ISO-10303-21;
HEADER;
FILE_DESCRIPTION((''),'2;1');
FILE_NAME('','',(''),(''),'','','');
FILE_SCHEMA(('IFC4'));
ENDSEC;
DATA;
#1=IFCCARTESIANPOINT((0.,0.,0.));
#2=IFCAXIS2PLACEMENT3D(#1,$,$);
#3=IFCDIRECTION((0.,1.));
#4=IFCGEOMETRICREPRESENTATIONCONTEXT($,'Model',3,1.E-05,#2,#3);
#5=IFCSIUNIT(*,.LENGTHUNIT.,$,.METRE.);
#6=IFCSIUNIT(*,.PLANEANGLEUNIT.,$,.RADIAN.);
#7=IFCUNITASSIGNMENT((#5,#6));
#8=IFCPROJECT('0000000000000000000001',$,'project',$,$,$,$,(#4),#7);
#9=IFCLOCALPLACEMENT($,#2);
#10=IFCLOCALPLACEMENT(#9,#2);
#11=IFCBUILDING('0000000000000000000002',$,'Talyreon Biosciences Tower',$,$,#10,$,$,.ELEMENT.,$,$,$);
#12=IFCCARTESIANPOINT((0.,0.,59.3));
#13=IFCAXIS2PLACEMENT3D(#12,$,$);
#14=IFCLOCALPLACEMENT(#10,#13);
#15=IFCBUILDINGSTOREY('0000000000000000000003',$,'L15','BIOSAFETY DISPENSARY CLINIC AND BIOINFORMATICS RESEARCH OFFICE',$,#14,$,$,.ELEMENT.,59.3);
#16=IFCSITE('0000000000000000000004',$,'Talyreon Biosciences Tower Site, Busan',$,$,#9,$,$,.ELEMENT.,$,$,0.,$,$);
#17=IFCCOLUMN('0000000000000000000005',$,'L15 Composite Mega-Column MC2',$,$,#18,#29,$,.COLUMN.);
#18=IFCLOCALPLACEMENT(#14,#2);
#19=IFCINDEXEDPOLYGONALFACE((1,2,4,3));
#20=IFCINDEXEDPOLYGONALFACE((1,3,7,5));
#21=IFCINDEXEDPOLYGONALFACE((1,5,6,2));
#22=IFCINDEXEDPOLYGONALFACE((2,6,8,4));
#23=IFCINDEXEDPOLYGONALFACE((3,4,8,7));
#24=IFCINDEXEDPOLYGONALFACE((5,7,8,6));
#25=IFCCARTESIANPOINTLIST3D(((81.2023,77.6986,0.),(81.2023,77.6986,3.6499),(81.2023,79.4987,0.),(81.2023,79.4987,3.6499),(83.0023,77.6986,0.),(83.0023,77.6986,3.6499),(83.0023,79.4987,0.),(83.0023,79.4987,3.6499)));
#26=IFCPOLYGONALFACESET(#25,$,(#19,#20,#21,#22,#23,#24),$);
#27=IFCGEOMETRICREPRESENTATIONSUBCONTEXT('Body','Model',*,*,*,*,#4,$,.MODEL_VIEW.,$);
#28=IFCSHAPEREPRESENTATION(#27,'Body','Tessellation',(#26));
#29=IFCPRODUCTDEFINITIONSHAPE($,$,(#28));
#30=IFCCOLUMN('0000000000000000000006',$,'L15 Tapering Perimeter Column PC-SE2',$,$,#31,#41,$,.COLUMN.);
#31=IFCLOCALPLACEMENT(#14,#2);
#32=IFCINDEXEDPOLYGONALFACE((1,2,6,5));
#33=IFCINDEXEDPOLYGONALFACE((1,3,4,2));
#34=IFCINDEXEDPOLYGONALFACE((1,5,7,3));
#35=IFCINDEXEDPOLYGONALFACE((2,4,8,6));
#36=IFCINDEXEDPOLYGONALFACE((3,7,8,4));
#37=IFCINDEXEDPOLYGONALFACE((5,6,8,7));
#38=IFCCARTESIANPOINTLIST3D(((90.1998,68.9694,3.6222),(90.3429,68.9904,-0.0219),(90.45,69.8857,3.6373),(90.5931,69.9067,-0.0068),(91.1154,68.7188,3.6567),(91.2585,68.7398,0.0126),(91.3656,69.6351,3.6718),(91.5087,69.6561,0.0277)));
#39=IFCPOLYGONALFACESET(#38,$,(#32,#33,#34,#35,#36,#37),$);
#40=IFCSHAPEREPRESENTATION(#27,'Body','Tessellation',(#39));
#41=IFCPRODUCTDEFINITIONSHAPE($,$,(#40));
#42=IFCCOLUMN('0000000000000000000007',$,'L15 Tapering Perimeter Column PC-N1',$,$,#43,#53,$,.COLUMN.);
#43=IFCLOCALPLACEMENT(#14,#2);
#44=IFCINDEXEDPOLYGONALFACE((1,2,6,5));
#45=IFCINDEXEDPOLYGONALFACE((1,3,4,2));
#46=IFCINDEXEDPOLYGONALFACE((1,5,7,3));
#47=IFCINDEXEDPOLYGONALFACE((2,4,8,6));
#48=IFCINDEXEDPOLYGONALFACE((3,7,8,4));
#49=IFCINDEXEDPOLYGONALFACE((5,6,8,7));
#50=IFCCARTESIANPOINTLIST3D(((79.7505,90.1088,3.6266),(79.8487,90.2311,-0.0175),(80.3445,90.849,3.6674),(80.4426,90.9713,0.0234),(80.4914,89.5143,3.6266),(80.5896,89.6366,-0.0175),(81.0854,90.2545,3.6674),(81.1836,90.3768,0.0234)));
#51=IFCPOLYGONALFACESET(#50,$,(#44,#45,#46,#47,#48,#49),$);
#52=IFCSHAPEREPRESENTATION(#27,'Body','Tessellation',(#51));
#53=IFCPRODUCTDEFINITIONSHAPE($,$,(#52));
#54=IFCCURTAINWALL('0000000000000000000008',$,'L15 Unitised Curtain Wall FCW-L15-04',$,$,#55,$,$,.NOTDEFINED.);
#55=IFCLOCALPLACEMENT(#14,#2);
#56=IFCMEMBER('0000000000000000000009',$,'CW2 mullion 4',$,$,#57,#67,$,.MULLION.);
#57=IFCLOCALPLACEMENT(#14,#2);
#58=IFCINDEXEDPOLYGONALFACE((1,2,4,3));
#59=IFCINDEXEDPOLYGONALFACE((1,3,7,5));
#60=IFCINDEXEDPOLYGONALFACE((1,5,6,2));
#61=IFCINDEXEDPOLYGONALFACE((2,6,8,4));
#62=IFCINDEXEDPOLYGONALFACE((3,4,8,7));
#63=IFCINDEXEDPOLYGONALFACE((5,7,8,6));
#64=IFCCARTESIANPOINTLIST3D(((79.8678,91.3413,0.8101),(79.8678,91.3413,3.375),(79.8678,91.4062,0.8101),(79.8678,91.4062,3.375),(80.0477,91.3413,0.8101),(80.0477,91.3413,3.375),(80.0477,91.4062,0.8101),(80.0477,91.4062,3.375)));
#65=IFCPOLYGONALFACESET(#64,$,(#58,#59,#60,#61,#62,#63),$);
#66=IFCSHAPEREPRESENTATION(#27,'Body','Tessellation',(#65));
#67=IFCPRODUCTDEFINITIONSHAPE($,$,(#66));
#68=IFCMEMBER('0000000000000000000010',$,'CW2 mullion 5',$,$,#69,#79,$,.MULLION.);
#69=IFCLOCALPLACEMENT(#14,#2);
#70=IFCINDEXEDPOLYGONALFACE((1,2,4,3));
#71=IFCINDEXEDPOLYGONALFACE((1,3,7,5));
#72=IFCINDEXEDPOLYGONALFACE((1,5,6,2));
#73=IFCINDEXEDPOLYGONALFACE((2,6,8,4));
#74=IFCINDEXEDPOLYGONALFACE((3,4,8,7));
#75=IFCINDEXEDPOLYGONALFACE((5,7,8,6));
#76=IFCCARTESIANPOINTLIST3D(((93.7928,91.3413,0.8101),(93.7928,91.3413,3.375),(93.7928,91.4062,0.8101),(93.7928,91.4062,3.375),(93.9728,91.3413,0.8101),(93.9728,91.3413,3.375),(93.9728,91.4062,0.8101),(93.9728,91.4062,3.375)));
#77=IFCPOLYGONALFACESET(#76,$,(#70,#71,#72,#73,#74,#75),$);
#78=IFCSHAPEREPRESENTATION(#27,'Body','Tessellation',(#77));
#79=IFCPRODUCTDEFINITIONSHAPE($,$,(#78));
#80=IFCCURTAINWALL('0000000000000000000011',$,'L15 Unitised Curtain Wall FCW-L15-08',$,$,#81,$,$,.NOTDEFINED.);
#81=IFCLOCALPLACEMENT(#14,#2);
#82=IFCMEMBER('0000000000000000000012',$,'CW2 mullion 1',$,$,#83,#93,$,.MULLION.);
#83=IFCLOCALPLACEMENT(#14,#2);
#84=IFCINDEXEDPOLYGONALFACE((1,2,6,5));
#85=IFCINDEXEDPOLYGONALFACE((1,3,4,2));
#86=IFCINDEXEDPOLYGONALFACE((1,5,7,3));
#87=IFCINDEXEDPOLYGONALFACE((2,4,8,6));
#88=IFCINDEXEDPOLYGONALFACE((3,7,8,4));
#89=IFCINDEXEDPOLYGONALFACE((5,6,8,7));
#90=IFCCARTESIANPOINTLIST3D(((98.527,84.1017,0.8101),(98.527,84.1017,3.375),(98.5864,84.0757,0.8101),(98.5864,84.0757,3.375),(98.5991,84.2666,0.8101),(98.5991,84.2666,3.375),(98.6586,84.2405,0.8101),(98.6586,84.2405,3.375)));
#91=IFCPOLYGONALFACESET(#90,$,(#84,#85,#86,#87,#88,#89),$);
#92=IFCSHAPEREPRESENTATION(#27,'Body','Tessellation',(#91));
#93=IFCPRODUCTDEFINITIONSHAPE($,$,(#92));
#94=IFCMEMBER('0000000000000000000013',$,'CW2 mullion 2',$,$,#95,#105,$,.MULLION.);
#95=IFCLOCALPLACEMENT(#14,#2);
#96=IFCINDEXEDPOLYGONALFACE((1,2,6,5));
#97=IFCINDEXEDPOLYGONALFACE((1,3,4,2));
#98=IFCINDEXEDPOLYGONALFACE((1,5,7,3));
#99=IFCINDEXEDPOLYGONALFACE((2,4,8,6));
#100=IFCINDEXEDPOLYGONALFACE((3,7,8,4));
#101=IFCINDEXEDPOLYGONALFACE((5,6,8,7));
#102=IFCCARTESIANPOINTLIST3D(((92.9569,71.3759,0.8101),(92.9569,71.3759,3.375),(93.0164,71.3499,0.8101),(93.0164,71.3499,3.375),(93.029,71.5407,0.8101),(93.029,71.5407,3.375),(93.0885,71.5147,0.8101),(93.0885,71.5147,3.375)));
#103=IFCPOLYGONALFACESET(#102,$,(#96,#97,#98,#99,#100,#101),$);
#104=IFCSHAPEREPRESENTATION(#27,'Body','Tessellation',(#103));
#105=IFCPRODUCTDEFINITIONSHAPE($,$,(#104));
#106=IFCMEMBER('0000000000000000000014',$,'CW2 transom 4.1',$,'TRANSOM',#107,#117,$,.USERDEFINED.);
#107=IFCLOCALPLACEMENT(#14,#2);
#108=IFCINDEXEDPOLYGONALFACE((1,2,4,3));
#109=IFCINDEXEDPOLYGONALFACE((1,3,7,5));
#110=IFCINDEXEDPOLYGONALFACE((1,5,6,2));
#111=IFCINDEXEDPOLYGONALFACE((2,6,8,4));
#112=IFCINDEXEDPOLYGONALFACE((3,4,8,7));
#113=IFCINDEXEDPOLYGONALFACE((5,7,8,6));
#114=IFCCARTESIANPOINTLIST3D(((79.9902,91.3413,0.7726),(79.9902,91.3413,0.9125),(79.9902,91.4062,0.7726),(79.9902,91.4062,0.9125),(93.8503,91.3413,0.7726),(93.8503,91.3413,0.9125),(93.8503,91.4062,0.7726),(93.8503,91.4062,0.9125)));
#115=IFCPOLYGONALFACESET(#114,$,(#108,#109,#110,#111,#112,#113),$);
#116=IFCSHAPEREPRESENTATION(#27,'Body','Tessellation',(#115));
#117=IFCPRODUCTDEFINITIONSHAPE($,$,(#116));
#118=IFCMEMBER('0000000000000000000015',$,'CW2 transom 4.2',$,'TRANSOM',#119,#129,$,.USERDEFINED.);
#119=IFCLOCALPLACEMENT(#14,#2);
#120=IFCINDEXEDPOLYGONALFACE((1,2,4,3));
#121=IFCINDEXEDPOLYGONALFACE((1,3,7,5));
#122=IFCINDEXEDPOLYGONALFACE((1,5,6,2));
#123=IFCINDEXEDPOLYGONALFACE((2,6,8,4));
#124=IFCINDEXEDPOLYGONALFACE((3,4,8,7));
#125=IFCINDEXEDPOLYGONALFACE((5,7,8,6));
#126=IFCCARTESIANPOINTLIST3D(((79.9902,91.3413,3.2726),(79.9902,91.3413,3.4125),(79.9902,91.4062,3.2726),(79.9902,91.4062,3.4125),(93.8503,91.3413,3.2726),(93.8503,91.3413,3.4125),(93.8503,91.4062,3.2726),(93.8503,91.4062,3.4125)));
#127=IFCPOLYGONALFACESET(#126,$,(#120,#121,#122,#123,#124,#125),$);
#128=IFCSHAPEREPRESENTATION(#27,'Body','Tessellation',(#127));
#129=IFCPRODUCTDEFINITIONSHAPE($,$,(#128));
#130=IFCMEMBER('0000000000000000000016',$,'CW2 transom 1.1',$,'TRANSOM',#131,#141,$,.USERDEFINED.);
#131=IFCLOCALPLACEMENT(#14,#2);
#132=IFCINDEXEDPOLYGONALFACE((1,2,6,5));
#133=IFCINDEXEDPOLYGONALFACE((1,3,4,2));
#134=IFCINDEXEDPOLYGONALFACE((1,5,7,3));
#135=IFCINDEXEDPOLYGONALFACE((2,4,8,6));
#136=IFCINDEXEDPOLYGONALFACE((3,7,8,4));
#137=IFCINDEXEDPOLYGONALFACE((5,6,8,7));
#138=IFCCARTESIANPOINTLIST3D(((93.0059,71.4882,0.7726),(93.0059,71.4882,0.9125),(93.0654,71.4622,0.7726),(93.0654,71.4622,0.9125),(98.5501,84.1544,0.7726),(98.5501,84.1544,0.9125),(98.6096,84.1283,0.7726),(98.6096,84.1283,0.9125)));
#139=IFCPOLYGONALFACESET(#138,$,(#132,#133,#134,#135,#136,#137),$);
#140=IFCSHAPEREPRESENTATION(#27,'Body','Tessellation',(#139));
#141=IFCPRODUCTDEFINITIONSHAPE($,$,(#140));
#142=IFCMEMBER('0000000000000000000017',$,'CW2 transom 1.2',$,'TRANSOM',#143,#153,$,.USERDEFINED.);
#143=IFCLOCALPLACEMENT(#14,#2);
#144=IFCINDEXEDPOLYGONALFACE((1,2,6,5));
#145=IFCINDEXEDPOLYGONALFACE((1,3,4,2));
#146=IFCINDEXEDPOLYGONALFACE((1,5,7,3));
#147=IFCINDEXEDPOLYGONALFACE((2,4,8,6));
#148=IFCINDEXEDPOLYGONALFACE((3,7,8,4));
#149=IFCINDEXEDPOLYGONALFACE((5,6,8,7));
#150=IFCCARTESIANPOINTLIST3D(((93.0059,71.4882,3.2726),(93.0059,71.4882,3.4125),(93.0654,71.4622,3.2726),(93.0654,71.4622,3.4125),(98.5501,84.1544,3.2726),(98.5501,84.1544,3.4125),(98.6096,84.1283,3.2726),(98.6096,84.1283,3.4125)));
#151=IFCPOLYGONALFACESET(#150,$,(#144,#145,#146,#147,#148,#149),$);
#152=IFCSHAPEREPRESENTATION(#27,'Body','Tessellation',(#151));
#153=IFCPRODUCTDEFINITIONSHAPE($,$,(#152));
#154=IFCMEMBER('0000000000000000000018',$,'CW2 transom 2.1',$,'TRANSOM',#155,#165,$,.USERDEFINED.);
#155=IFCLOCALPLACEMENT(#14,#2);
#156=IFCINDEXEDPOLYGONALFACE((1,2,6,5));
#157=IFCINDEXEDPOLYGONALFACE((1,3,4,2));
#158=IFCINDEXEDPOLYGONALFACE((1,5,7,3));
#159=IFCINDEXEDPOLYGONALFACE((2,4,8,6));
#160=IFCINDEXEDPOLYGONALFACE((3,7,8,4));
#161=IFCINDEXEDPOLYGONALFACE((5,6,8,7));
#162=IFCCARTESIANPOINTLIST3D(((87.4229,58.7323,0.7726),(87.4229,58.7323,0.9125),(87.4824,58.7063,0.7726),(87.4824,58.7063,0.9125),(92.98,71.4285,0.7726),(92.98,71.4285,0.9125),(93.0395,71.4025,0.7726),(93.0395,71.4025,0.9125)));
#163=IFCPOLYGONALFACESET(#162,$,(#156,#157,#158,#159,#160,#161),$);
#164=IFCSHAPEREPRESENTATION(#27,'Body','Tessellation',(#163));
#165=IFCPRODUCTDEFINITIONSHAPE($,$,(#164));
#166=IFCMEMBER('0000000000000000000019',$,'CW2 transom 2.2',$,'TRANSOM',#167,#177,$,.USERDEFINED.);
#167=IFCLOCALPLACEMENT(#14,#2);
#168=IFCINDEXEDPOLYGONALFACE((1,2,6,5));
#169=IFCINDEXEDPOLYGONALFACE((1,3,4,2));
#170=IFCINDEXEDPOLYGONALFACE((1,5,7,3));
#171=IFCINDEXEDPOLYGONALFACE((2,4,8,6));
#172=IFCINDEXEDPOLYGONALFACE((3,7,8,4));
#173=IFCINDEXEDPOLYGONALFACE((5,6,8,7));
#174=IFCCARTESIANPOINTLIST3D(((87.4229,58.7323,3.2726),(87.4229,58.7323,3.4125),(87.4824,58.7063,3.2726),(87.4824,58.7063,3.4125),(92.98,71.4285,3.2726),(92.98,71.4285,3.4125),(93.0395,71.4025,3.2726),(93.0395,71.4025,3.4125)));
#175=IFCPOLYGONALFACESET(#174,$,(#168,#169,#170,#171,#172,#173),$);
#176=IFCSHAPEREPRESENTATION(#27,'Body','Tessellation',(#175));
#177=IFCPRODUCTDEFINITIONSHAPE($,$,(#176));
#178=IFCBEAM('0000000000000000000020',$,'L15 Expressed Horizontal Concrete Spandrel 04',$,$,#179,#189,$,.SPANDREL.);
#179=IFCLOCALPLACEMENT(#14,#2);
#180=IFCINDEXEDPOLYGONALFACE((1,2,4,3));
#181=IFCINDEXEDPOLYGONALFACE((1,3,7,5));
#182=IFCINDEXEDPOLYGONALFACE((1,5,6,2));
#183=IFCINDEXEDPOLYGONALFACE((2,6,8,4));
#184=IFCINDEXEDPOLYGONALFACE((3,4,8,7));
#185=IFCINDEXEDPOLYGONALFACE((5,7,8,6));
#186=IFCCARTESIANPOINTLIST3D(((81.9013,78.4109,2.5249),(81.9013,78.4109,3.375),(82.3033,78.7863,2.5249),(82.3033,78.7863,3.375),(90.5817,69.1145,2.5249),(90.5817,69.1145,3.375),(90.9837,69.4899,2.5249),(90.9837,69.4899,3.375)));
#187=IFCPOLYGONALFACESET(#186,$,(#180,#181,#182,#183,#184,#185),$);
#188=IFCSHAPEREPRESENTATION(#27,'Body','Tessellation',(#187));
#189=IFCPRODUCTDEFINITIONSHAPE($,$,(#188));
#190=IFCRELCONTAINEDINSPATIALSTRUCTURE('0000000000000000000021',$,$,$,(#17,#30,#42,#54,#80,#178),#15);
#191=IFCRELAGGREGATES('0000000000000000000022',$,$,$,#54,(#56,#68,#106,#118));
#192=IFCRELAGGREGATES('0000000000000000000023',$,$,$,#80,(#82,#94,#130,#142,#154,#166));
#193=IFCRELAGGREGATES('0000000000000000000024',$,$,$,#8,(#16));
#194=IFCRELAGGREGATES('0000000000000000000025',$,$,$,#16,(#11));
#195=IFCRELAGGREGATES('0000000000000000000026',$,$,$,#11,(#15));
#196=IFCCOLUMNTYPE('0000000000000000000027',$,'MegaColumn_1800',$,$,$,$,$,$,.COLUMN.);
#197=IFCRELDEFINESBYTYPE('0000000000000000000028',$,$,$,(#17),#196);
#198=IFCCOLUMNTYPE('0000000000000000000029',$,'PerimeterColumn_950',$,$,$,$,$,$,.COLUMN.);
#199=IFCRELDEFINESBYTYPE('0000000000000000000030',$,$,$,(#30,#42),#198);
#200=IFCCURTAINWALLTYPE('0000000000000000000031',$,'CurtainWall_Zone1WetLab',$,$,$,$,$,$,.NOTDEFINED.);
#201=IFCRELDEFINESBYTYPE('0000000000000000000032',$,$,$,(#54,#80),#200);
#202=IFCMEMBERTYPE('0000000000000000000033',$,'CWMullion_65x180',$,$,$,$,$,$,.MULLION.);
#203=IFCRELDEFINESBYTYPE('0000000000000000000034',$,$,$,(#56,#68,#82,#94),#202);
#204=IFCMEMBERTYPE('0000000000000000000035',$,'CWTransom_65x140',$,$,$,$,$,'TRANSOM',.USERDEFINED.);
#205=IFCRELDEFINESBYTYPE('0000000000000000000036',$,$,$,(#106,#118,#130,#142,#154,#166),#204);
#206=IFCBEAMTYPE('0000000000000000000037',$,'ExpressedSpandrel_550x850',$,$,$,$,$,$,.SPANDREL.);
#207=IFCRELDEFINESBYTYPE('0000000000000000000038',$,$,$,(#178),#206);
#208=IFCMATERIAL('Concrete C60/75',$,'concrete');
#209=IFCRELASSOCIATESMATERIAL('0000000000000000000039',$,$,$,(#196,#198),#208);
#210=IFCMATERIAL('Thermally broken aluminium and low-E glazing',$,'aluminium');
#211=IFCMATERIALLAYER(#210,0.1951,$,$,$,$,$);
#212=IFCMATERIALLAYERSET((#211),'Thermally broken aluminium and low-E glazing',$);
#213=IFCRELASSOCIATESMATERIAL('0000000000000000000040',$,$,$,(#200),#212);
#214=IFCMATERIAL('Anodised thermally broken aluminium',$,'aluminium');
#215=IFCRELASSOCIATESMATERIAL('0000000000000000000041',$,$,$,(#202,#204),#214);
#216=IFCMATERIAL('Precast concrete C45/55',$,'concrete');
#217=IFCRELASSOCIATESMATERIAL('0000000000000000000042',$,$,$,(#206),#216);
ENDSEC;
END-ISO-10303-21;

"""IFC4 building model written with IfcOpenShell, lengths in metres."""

from ifc_helpers import new_model, si_unit, direction, frame, origin, origin_2d, place, context, subcontext, project, spatial, rectangle, extrude, material, layer, layer_set, material_profile, profile_set, type_object, element, aggregate, save


model = new_model("IFC4")

# Units and contexts
model_context = context("Model", 3, precision=1e-05, world=origin(), true_north=direction((0.0, 1.0)))
body_context = subcontext(model_context, "Body", "Model", "MODEL_VIEW")
ifc_project = project(units=[si_unit("LENGTHUNIT", "METRE"), si_unit("PLANEANGLEUNIT", "RADIAN")], contexts=[model_context])

# Site, building, storey
site_placement = place(None, origin())
site = spatial("IfcSite", under=ifc_project, at=site_placement, Name="Talyreon Biosciences Tower Site, Busan", CompositionType="ELEMENT", RefElevation=0.0)
building_placement = place(site_placement, origin())
building = spatial("IfcBuilding", under=site, at=building_placement, Name="Talyreon Biosciences Tower", CompositionType="ELEMENT")
storey_placement = place(building_placement, frame((0.0, 0.0, 59.3)))
storey = spatial("IfcBuildingStorey", under=building, at=storey_placement, Name="L15", Description="BIOSAFETY DISPENSARY CLINIC AND BIOINFORMATICS RESEARCH OFFICE", CompositionType="ELEMENT", Elevation=59.3)

# Columns
ifc_material_1 = material(Name="Concrete C60/75", Category="concrete")
ifc_material_profile_1 = material_profile(ifc_material_1, rectangle(XDim=1.8, YDim=1.8, at=origin_2d()), Name="RC 1800x1800")
ifc_profile_set_1 = profile_set([ifc_material_profile_1], Name="Concrete C60/75")
column_type_1 = type_object("IfcColumnType", Name="MegaColumn_1800", PredefinedType="COLUMN", material=ifc_profile_set_1)
column_1_placement = place(storey_placement, frame((82.1023, 78.5986, 0.0), z_axis=(0.0, 0.0, 1.0), x_axis=(1.0, 0.0, 0.0)))
element("IfcColumn", 1, at=column_1_placement, inside=storey, type_object=column_type_1, Name="L15 Composite Mega-Column MC2", PredefinedType="COLUMN", context=body_context, shape_type="SweptSolid", body=[
    extrude(rectangle(XDim=1.8, YDim=1.8, at=origin_2d()), origin(), (0.0, 0.0, 1.0), 3.6499),
])
ifc_material_profile_2 = material_profile(ifc_material_1, rectangle(XDim=0.95, YDim=0.95, at=origin_2d()), Name="RC 950x950")
ifc_profile_set_2 = profile_set([ifc_material_profile_2], Name="Concrete C60/75")
column_type_2 = type_object("IfcColumnType", Name="PerimeterColumn_950", PredefinedType="COLUMN", material=ifc_profile_set_2)
column_2_placement = place(storey_placement, frame((90.9258, 69.3232, 0.0029), z_axis=(-0.039229, -0.005757, 0.999214), x_axis=(0.963891, -0.263809, 0.036323)))
element("IfcColumn", 2, at=column_2_placement, inside=storey, type_object=column_type_2, Name="L15 Tapering Perimeter Column PC-SE2", PredefinedType="COLUMN", context=body_context, shape_type="SweptSolid", body=[
    extrude(rectangle(XDim=0.95, YDim=0.95, at=origin_2d()), origin(), (0.0, 0.0, 1.0), 3.647),
])
column_3_placement = place(storey_placement, frame((80.5161, 90.304, 0.0029), z_axis=(-0.026908, -0.033535, 0.999075), x_axis=(-0.779957, 0.625834, 0.0)))
element("IfcColumn", 3, at=column_3_placement, inside=storey, type_object=column_type_2, Name="L15 Tapering Perimeter Column PC-N1", PredefinedType="COLUMN", context=body_context, shape_type="SweptSolid", body=[
    extrude(rectangle(XDim=0.95, YDim=0.95, at=origin_2d()), origin(), (0.0, 0.0, 1.0), 3.6475),
])

# Curtain walls, members
ifc_material_2 = material(Name="Thermally broken aluminium and low-E glazing", Category="aluminium")
ifc_layer_1 = layer(ifc_material_2, 0.1951)
ifc_layer_set_1 = layer_set([ifc_layer_1], Name="Thermally broken aluminium and low-E glazing")
curtain_wall_type = type_object("IfcCurtainWallType", Name="CurtainWall_Zone1WetLab", PredefinedType="NOTDEFINED", material=ifc_layer_set_1)
curtain_wall_1_placement = place(storey_placement, origin())
curtain_wall_1 = element("IfcCurtainWall", 4, at=curtain_wall_1_placement, inside=storey, type_object=curtain_wall_type, Name="L15 Unitised Curtain Wall FCW-L15-04", PredefinedType="NOTDEFINED")
ifc_material_3 = material(Name="Anodised thermally broken aluminium", Category="aluminium")
ifc_material_profile_3 = material_profile(ifc_material_3, rectangle(XDim=0.0649, YDim=0.1799, at=origin_2d()), Name="ALUM MULLION 65x180")
ifc_profile_set_3 = profile_set([ifc_material_profile_3], Name="Anodised thermally broken aluminium")
member_type_1 = type_object("IfcMemberType", Name="CWMullion_65x180", PredefinedType="MULLION", material=ifc_profile_set_3)
member_1_placement = place(storey_placement, frame((79.9578, 91.3738, 0.8101), z_axis=(0.0, 0.0, 1.0), x_axis=(0.0, 1.0, 0.0)))
member_1 = element("IfcMember", 5, at=member_1_placement, type_object=member_type_1, Name="CW2 mullion 4", PredefinedType="MULLION", context=body_context, shape_type="SweptSolid", body=[
    extrude(rectangle(XDim=0.0649, YDim=0.1799, at=origin_2d()), origin(), (0.0, 0.0, 1.0), 2.5649),
])
member_2_placement = place(storey_placement, frame((93.8828, 91.3738, 0.8101), z_axis=(0.0, 0.0, 1.0), x_axis=(0.0, 1.0, 0.0)))
member_2 = element("IfcMember", 6, at=member_2_placement, type_object=member_type_1, Name="CW2 mullion 5", PredefinedType="MULLION", context=body_context, shape_type="SweptSolid", body=[
    extrude(rectangle(XDim=0.0649, YDim=0.1799, at=origin_2d()), origin(), (0.0, 0.0, 1.0), 2.5649),
])
curtain_wall_2_placement = place(storey_placement, origin())
curtain_wall_2 = element("IfcCurtainWall", 7, at=curtain_wall_2_placement, inside=storey, type_object=curtain_wall_type, Name="L15 Unitised Curtain Wall FCW-L15-08", PredefinedType="NOTDEFINED")
member_3_placement = place(storey_placement, frame((98.5928, 84.1711, 0.8101), z_axis=(0.0, 0.0, 1.0), x_axis=(0.916092, -0.400968, 0.0)))
member_3 = element("IfcMember", 8, at=member_3_placement, type_object=member_type_1, Name="CW2 mullion 1", PredefinedType="MULLION", context=body_context, shape_type="SweptSolid", body=[
    extrude(rectangle(XDim=0.0649, YDim=0.1799, at=origin_2d()), origin(), (0.0, 0.0, 1.0), 2.5649),
])
member_4_placement = place(storey_placement, frame((93.0227, 71.4453, 0.8101), z_axis=(0.0, 0.0, 1.0), x_axis=(0.916092, -0.400968, 0.0)))
member_4 = element("IfcMember", 9, at=member_4_placement, type_object=member_type_1, Name="CW2 mullion 2", PredefinedType="MULLION", context=body_context, shape_type="SweptSolid", body=[
    extrude(rectangle(XDim=0.0649, YDim=0.1799, at=origin_2d()), origin(), (0.0, 0.0, 1.0), 2.5649),
])

# Members
ifc_material_profile_4 = material_profile(ifc_material_3, rectangle(XDim=0.0649, YDim=0.1399, at=origin_2d()), Name="ALUM TRANSOM 65x140")
ifc_profile_set_4 = profile_set([ifc_material_profile_4], Name="Anodised thermally broken aluminium")
member_type_2 = type_object("IfcMemberType", Name="CWTransom_65x140", ElementType="TRANSOM", PredefinedType="USERDEFINED", material=ifc_profile_set_4)
member_5_placement = place(storey_placement, frame((79.9902, 91.3738, 0.8425), z_axis=(1.0, 0.0, 0.0), x_axis=(0.0, 1.0, 0.0)))
member_5 = element("IfcMember", 10, at=member_5_placement, type_object=member_type_2, Name="CW2 transom 4.1", ObjectType="TRANSOM", PredefinedType="USERDEFINED", context=body_context, shape_type="SweptSolid", body=[
    extrude(rectangle(XDim=0.0649, YDim=0.1399, at=origin_2d()), origin(), (0.0, 0.0, 1.0), 13.8601),
])
member_6_placement = place(storey_placement, frame((79.9902, 91.3738, 3.3425), z_axis=(1.0, 0.0, 0.0), x_axis=(0.0, 1.0, 0.0)))
member_6 = element("IfcMember", 11, at=member_6_placement, type_object=member_type_2, Name="CW2 transom 4.2", ObjectType="TRANSOM", PredefinedType="USERDEFINED", context=body_context, shape_type="SweptSolid", body=[
    extrude(rectangle(XDim=0.0649, YDim=0.1399, at=origin_2d()), origin(), (0.0, 0.0, 1.0), 13.8601),
])
member_7_placement = place(storey_placement, frame((98.5798, 84.1414, 0.8425), z_axis=(-0.400983, -0.916086, 0.0), x_axis=(0.916086, -0.400983, 0.0)))
member_7 = element("IfcMember", 12, at=member_7_placement, type_object=member_type_2, Name="CW2 transom 1.1", ObjectType="TRANSOM", PredefinedType="USERDEFINED", context=body_context, shape_type="SweptSolid", body=[
    extrude(rectangle(XDim=0.0649, YDim=0.1399, at=origin_2d()), origin(), (0.0, 0.0, 1.0), 13.8264),
])
member_8_placement = place(storey_placement, frame((98.5798, 84.1414, 3.3425), z_axis=(-0.400983, -0.916086, 0.0), x_axis=(0.916086, -0.400983, 0.0)))
member_8 = element("IfcMember", 13, at=member_8_placement, type_object=member_type_2, Name="CW2 transom 1.2", ObjectType="TRANSOM", PredefinedType="USERDEFINED", context=body_context, shape_type="SweptSolid", body=[
    extrude(rectangle(XDim=0.0649, YDim=0.1399, at=origin_2d()), origin(), (0.0, 0.0, 1.0), 13.8264),
])
member_9_placement = place(storey_placement, frame((93.0098, 71.4155, 0.8425), z_axis=(-0.40097, -0.916091, 0.0), x_axis=(0.916091, -0.40097, 0.0)))
member_9 = element("IfcMember", 14, at=member_9_placement, type_object=member_type_2, Name="CW2 transom 2.1", ObjectType="TRANSOM", PredefinedType="USERDEFINED", context=body_context, shape_type="SweptSolid", body=[
    extrude(rectangle(XDim=0.0649, YDim=0.1399, at=origin_2d()), origin(), (0.0, 0.0, 1.0), 13.8591),
])
member_10_placement = place(storey_placement, frame((93.0098, 71.4155, 3.3425), z_axis=(-0.40097, -0.916091, 0.0), x_axis=(0.916091, -0.40097, 0.0)))
member_10 = element("IfcMember", 15, at=member_10_placement, type_object=member_type_2, Name="CW2 transom 2.2", ObjectType="TRANSOM", PredefinedType="USERDEFINED", context=body_context, shape_type="SweptSolid", body=[
    extrude(rectangle(XDim=0.0649, YDim=0.1399, at=origin_2d()), origin(), (0.0, 0.0, 1.0), 13.8591),
])

# Beam
ifc_material_4 = material(Name="Precast concrete C45/55", Category="concrete")
ifc_material_profile_5 = material_profile(ifc_material_4, rectangle(XDim=0.55, YDim=0.8501, at=origin_2d()), Name="RCB 550x850")
ifc_profile_set_5 = profile_set([ifc_material_profile_5], Name="Precast concrete C45/55")
beam_type_1 = type_object("IfcBeamType", Name="ExpressedSpandrel_550x850", PredefinedType="SPANDREL", material=ifc_profile_set_5)
beam_1_placement = place(storey_placement, frame((90.7827, 69.3022, 2.95), z_axis=(-0.682478, 0.730907, 0.0), x_axis=(-0.730907, -0.682478, 0.0)))
element("IfcBeam", 16, at=beam_1_placement, inside=storey, type_object=beam_type_1, Name="L15 Expressed Horizontal Concrete Spandrel 04", PredefinedType="SPANDREL", context=body_context, shape_type="SweptSolid", body=[
    extrude(rectangle(XDim=0.55, YDim=0.8501, at=origin_2d()), origin(), (0.0, 0.0, 1.0), 12.719),
])

aggregate(curtain_wall_1, [member_1, member_2, member_5, member_6])
aggregate(curtain_wall_2, [member_3, member_4, member_7, member_8, member_9, member_10])

save(model, "model.ifc")
